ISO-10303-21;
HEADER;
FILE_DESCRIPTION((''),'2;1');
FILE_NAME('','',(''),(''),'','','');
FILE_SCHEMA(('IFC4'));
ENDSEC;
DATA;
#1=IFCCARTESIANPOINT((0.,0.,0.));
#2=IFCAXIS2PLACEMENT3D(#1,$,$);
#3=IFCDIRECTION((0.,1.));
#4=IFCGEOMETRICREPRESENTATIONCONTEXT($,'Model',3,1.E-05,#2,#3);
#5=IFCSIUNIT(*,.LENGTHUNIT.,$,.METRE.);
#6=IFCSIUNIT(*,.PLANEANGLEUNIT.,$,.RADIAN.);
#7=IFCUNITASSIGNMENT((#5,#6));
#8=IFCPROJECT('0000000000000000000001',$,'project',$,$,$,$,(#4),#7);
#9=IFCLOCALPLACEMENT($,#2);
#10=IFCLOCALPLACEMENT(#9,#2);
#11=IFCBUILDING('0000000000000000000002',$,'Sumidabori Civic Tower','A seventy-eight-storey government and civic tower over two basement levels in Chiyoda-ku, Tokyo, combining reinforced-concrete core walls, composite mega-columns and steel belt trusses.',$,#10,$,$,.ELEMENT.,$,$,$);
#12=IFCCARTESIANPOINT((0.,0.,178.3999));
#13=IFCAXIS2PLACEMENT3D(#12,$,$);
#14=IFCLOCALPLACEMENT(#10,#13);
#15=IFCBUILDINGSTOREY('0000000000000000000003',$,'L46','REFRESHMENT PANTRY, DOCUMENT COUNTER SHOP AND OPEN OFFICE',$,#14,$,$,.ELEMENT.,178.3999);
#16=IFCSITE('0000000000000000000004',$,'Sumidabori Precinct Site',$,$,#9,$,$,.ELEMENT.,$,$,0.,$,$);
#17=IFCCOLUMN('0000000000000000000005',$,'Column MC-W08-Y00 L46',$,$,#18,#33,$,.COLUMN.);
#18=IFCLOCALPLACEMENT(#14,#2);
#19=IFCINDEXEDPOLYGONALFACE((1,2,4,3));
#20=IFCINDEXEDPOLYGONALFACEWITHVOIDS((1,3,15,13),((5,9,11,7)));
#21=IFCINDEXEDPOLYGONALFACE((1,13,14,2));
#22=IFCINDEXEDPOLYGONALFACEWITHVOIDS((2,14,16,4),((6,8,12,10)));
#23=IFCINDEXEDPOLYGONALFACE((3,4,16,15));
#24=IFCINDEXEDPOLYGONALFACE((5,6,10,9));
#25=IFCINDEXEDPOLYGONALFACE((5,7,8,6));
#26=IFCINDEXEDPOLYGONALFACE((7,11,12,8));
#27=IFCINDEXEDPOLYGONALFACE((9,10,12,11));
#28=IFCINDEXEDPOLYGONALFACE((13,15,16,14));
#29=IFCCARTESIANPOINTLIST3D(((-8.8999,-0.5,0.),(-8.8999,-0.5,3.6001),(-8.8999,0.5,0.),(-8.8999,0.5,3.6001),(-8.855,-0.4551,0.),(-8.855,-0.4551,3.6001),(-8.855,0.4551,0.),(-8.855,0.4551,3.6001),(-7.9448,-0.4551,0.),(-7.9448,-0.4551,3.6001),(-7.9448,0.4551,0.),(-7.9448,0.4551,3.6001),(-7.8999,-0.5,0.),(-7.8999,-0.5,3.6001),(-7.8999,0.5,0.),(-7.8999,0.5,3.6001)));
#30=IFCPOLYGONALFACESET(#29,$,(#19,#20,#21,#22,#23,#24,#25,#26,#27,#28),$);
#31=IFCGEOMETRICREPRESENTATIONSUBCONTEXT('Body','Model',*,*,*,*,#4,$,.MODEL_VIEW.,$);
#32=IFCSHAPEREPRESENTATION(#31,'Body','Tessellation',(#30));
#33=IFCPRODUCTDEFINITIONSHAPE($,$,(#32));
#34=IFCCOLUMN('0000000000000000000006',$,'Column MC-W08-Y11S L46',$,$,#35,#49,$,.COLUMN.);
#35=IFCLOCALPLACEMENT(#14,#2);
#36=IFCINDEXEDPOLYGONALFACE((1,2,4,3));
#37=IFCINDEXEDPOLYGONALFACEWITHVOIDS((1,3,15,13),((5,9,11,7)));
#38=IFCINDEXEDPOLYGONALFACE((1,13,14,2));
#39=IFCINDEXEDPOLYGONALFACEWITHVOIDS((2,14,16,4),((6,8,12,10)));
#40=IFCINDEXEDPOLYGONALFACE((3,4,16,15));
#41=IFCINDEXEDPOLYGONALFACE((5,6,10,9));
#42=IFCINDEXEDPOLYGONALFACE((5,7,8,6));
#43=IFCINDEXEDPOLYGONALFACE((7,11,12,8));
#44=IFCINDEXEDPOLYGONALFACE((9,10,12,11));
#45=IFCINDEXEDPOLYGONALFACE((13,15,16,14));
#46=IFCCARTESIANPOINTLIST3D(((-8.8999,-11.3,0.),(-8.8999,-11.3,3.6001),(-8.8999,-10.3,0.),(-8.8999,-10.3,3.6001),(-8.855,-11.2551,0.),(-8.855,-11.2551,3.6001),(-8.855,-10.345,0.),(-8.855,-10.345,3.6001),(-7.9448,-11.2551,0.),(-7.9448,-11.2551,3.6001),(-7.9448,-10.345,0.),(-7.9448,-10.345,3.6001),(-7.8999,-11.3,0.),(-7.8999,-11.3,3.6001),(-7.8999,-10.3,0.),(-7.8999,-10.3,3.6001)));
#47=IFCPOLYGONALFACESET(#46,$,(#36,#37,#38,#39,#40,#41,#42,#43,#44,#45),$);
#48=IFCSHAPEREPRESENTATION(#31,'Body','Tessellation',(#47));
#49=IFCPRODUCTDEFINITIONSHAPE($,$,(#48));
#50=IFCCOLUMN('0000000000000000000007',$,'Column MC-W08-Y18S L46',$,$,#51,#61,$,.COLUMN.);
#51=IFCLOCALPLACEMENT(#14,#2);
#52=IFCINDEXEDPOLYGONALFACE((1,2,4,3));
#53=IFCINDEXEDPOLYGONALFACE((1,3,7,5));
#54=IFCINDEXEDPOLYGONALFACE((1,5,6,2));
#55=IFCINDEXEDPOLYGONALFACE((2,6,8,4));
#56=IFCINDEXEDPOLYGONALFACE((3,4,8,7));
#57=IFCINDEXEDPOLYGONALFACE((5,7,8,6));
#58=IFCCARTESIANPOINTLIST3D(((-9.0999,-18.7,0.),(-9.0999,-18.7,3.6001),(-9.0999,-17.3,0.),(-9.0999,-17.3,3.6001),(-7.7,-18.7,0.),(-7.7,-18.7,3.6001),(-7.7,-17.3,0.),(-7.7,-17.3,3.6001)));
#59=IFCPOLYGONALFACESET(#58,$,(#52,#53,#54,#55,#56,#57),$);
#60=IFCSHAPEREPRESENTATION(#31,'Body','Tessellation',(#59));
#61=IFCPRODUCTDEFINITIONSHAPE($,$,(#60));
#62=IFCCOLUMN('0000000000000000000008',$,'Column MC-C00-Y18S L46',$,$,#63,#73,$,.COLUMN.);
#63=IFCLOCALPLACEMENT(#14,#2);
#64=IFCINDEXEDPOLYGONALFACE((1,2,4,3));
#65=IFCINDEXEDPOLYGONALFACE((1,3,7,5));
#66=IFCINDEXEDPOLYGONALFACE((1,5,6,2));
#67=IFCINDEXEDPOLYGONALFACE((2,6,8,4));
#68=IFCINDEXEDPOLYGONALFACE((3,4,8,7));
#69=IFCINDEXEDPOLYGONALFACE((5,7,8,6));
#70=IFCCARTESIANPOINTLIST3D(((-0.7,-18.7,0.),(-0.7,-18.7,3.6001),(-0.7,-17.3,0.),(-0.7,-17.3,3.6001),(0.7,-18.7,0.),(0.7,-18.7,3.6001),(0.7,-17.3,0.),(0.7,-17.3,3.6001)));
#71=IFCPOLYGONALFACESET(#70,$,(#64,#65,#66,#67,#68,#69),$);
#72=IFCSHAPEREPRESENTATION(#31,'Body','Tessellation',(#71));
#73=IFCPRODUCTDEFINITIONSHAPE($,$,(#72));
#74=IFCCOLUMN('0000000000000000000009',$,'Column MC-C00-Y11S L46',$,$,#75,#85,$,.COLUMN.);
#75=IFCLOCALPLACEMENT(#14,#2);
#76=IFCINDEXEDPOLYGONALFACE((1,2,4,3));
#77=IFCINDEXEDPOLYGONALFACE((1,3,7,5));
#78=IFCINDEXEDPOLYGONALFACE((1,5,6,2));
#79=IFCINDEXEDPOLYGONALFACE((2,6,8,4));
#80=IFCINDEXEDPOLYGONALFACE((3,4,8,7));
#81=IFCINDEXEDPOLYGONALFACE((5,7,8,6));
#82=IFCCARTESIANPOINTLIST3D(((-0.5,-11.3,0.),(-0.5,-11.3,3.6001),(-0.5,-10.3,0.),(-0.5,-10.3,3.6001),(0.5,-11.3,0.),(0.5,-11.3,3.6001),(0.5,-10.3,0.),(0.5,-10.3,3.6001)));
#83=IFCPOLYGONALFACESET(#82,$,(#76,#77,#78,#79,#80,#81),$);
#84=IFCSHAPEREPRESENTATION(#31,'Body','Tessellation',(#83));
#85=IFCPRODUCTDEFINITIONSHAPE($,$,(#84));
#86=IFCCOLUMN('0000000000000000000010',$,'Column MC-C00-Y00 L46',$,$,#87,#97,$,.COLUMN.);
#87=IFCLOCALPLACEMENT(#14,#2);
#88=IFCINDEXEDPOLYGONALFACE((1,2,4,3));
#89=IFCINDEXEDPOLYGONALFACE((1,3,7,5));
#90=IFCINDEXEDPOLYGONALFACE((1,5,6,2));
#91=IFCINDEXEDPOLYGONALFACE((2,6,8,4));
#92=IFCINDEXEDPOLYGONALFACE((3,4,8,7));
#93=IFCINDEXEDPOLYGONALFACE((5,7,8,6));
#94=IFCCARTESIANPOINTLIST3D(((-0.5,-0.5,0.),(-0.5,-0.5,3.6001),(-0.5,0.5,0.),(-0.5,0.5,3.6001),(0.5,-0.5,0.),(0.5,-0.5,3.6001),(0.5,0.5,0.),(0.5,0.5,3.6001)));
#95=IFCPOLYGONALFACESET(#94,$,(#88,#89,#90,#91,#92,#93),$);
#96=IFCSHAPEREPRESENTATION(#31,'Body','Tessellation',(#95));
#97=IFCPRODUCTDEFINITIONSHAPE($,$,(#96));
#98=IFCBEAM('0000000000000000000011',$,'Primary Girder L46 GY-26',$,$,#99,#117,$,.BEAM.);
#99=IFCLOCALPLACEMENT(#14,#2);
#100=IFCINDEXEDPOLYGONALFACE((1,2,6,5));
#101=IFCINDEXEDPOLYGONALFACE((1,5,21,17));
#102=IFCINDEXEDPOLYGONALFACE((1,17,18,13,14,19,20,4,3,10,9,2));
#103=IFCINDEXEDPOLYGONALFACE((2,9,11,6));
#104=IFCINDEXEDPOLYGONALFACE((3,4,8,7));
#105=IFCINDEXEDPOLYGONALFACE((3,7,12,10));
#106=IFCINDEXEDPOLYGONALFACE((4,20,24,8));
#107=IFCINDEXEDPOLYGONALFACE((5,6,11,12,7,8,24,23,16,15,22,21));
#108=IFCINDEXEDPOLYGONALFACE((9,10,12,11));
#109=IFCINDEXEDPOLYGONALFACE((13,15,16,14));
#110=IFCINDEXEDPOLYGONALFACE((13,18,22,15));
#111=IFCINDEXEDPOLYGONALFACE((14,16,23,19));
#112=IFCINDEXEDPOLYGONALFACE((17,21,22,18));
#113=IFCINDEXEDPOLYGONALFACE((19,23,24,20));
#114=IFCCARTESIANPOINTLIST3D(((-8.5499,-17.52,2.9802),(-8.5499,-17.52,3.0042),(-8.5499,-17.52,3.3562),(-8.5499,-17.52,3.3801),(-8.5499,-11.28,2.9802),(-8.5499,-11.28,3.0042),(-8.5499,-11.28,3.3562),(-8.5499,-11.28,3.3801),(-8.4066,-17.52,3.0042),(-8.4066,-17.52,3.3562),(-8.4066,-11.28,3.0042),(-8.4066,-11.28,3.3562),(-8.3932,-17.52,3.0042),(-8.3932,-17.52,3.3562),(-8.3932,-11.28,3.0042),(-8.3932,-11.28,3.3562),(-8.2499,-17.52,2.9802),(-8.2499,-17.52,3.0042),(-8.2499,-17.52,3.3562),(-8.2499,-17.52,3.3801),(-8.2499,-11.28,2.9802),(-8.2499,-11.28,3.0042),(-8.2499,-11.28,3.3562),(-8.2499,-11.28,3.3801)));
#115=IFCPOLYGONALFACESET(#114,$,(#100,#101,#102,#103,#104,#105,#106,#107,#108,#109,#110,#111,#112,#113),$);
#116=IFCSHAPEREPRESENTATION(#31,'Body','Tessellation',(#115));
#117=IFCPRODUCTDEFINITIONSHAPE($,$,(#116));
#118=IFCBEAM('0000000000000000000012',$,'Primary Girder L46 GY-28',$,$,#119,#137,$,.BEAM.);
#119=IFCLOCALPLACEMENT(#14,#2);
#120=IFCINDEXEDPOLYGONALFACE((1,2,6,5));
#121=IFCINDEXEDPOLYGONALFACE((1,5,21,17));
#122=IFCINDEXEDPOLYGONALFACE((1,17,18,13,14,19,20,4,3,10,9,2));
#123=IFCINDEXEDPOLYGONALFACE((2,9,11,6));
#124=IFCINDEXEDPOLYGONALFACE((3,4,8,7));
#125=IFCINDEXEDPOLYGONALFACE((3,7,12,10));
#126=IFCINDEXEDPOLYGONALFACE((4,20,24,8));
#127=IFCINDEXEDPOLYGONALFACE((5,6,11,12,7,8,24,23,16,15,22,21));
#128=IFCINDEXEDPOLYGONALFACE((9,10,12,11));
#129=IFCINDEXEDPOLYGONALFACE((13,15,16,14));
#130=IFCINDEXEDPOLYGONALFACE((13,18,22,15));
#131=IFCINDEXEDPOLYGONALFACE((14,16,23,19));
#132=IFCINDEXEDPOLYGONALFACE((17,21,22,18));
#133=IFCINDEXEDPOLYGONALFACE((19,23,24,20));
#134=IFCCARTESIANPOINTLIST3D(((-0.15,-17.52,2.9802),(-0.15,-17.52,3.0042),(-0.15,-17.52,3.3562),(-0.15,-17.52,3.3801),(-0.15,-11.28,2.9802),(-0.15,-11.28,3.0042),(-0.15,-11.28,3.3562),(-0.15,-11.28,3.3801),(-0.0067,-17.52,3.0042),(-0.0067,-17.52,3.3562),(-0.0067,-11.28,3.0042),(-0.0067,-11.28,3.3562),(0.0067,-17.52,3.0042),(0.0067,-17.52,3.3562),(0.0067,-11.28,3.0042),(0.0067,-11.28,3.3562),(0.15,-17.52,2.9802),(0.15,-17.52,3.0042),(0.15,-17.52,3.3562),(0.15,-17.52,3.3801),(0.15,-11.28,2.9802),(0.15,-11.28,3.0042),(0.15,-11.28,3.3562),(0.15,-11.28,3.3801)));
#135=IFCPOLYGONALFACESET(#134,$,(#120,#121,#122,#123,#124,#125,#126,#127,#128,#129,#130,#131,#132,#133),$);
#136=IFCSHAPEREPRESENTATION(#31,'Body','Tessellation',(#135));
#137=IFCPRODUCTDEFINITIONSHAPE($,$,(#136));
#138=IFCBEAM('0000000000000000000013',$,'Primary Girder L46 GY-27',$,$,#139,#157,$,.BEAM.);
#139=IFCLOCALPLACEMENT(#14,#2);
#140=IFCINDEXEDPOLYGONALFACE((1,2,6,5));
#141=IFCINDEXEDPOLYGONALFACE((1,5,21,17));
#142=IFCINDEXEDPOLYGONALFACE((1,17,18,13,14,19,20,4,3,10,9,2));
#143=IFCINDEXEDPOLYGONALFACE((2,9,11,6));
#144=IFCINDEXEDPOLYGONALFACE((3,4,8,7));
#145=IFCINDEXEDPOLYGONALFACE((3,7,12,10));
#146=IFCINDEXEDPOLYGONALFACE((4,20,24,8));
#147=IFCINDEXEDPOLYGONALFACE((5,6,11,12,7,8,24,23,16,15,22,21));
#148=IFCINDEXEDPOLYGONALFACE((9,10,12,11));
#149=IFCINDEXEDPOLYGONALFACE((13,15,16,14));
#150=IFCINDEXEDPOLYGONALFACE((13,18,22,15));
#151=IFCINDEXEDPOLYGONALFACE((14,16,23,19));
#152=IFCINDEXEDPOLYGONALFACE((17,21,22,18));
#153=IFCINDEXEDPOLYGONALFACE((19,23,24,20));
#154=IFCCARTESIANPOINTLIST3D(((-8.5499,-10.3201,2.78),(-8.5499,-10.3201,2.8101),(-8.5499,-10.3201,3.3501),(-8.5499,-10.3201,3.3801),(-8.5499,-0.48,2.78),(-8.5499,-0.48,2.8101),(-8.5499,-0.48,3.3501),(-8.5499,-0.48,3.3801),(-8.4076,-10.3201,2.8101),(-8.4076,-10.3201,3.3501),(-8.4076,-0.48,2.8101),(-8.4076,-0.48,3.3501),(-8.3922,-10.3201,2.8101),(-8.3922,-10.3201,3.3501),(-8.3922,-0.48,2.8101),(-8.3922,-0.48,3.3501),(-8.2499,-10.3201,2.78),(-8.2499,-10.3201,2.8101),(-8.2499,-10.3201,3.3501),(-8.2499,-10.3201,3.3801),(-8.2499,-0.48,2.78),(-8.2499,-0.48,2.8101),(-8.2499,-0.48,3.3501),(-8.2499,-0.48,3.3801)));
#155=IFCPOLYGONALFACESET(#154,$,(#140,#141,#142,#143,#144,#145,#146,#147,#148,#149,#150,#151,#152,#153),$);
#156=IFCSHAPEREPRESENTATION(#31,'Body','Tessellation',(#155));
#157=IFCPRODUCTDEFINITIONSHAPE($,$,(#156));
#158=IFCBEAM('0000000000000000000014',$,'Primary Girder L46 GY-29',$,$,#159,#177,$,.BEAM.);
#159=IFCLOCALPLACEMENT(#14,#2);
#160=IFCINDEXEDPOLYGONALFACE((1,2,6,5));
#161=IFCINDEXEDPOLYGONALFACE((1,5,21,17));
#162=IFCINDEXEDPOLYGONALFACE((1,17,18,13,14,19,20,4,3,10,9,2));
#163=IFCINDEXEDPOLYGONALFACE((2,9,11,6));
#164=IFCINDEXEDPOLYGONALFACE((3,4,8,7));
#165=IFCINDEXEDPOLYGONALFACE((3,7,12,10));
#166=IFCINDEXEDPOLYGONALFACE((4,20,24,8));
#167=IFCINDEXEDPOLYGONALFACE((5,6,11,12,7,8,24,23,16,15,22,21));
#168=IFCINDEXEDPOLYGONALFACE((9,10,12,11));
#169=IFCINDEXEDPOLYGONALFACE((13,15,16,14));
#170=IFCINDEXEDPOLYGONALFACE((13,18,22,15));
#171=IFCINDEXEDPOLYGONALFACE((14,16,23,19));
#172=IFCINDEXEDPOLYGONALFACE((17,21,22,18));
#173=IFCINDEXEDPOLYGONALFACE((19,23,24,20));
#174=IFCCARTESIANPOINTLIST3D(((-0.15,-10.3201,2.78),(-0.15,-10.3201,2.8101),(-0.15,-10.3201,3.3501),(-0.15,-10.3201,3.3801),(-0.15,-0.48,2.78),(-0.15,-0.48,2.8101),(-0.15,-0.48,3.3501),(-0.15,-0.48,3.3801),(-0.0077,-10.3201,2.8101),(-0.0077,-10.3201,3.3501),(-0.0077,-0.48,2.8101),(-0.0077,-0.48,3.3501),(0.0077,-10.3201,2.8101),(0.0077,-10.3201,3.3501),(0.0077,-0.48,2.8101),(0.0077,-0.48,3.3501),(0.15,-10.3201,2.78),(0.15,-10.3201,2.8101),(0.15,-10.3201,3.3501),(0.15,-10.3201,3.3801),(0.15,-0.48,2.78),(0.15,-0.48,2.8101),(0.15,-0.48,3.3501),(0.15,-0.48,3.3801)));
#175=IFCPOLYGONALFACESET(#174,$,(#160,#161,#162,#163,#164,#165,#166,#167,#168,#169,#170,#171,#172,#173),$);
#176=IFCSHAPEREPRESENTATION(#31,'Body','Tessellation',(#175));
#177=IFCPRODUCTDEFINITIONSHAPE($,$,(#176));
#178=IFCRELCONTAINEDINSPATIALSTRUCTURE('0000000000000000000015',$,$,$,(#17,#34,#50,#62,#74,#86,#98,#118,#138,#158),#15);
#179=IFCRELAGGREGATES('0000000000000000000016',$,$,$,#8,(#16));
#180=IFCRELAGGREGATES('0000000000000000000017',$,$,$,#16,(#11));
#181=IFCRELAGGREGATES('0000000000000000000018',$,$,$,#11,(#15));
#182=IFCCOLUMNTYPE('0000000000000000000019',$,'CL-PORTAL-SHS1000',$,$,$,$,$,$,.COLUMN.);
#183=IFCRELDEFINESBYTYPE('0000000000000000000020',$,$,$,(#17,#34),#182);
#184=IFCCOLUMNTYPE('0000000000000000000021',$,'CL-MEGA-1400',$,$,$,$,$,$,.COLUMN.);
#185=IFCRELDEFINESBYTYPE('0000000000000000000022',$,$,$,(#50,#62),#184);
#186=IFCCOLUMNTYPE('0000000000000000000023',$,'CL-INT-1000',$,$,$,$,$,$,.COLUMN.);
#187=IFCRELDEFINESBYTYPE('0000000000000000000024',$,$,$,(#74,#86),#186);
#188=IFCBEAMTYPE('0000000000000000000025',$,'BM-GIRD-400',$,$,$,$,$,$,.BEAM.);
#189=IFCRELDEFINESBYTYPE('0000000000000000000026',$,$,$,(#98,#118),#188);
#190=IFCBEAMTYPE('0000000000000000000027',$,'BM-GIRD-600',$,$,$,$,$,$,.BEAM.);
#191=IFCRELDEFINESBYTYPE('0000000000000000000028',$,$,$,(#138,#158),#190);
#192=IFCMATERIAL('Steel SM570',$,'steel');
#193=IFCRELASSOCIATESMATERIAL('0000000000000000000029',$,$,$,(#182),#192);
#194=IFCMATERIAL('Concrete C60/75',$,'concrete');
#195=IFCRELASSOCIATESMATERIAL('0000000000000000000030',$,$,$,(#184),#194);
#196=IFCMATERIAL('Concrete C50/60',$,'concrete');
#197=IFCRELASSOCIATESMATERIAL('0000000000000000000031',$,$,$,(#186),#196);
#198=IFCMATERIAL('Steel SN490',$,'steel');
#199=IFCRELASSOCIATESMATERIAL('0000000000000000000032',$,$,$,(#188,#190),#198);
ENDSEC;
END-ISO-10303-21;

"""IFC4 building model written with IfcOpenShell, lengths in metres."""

from ifc_helpers import new_model, si_unit, direction, frame, origin, origin_2d, place, context, subcontext, project, spatial, rectangle, hollow_rectangle, i_section, extrude, source, transform, mapped, material, material_profile, profile_set, type_object, element, save


model = new_model("IFC4")

# Units and contexts
model_context = context("Model", 3, precision=1e-05, world=origin(), true_north=direction((0.0, 1.0)))
body_context = subcontext(model_context, "Body", "Model", "MODEL_VIEW")
ifc_project = project(units=[si_unit("LENGTHUNIT", "METRE"), si_unit("PLANEANGLEUNIT", "RADIAN")], contexts=[model_context])

# Site, building, storey
site_placement = place(None, origin())
site = spatial("IfcSite", under=ifc_project, at=site_placement, Name="Sumidabori Precinct Site", CompositionType="ELEMENT", RefElevation=0.0)
building_placement = place(site_placement, origin())
building = spatial("IfcBuilding", under=site, at=building_placement, Name="Sumidabori Civic Tower", Description="A seventy-eight-storey government and civic tower over two basement levels in Chiyoda-ku, Tokyo, combining reinforced-concrete core walls, composite mega-columns and steel belt trusses.", CompositionType="ELEMENT")
storey_placement = place(building_placement, frame((0.0, 0.0, 178.3999)))
storey = spatial("IfcBuildingStorey", under=building, at=storey_placement, Name="L46", Description="REFRESHMENT PANTRY, DOCUMENT COUNTER SHOP AND OPEN OFFICE", CompositionType="ELEMENT", Elevation=178.3999)

# Columns
ifc_material_1 = material(Name="Steel SM570", Category="steel")
ifc_material_profile_1 = material_profile(ifc_material_1, hollow_rectangle(XDim=1.0, YDim=1.0, WallThickness=0.0449, at=origin_2d()), Name="SHS 1000x1000x45")
ifc_profile_set_1 = profile_set([ifc_material_profile_1], Name="Steel SM570")
column_type_1 = type_object("IfcColumnType", Name="CL-PORTAL-SHS1000", PredefinedType="COLUMN", material=ifc_profile_set_1)
shared_shape_1 = source(origin(), body_context, "Body", "SweptSolid", [
    extrude(hollow_rectangle(XDim=1.0, YDim=1.0, WallThickness=0.0449, at=origin_2d()), origin(), (0.0, 0.0, 1.0), 3.6001),
])
for number, where, z_axis, x_axis, name in (
    (1, (-8.3999, 0.0, 0.0), (0.0, 0.0, 1.0), (1.0, 0.0, 0.0), "Column MC-W08-Y00 L46"),
    (2, (-8.3999, -10.8, 0.0), (0.0, 0.0, 1.0), (1.0, 0.0, 0.0), "Column MC-W08-Y11S L46"),
):
    element("IfcColumn", number, at=place(storey_placement, frame(where, z_axis=z_axis, x_axis=x_axis)), inside=storey, type_object=column_type_1, Name=name, PredefinedType="COLUMN", context=body_context, shape_type="MappedRepresentation", body=[
        mapped(shared_shape_1, transform((0.0, 0.0, 0.0), x_axis=(1.0, 0.0, 0.0), y_axis=(0.0, 1.0, 0.0), z_axis=(0.0, 0.0, 1.0), scale=1.0)),
    ])
ifc_material_2 = material(Name="Concrete C60/75", Category="concrete")
ifc_material_profile_2 = material_profile(ifc_material_2, rectangle(XDim=1.3999, YDim=1.3999, at=origin_2d()), Name="RC 1400x1400")
ifc_profile_set_2 = profile_set([ifc_material_profile_2], Name="Concrete C60/75")
column_type_2 = type_object("IfcColumnType", Name="CL-MEGA-1400", PredefinedType="COLUMN", material=ifc_profile_set_2)
shared_shape_2 = source(origin(), body_context, "Body", "SweptSolid", [
    extrude(rectangle(XDim=1.3999, YDim=1.3999, at=origin_2d()), origin(), (0.0, 0.0, 1.0), 3.6001),
])
for number, where, z_axis, x_axis, name in (
    (3, (-8.3999, -18.0, 0.0), (0.0, 0.0, 1.0), (1.0, 0.0, 0.0), "Column MC-W08-Y18S L46"),
    (4, (0.0, -18.0, 0.0), (0.0, 0.0, 1.0), (1.0, 0.0, 0.0), "Column MC-C00-Y18S L46"),
):
    element("IfcColumn", number, at=place(storey_placement, frame(where, z_axis=z_axis, x_axis=x_axis)), inside=storey, type_object=column_type_2, Name=name, PredefinedType="COLUMN", context=body_context, shape_type="MappedRepresentation", body=[
        mapped(shared_shape_2, transform((0.0, 0.0, 0.0), x_axis=(1.0, 0.0, 0.0), y_axis=(0.0, 1.0, 0.0), z_axis=(0.0, 0.0, 1.0), scale=1.0)),
    ])
ifc_material_3 = material(Name="Concrete C50/60", Category="concrete")
ifc_material_profile_3 = material_profile(ifc_material_3, rectangle(XDim=1.0, YDim=1.0, at=origin_2d()), Name="RC 1000x1000")
ifc_profile_set_3 = profile_set([ifc_material_profile_3], Name="Concrete C50/60")
column_type_3 = type_object("IfcColumnType", Name="CL-INT-1000", PredefinedType="COLUMN", material=ifc_profile_set_3)
shared_shape_3 = source(origin(), body_context, "Body", "SweptSolid", [
    extrude(rectangle(XDim=1.0, YDim=1.0, at=origin_2d()), origin(), (0.0, 0.0, 1.0), 3.6001),
])
for number, where, z_axis, x_axis, name in (
    (5, (0.0, -10.8, 0.0), (0.0, 0.0, 1.0), (1.0, 0.0, 0.0), "Column MC-C00-Y11S L46"),
    (6, (0.0, 0.0, 0.0), (0.0, 0.0, 1.0), (1.0, 0.0, 0.0), "Column MC-C00-Y00 L46"),
):
    element("IfcColumn", number, at=place(storey_placement, frame(where, z_axis=z_axis, x_axis=x_axis)), inside=storey, type_object=column_type_3, Name=name, PredefinedType="COLUMN", context=body_context, shape_type="MappedRepresentation", body=[
        mapped(shared_shape_3, transform((0.0, 0.0, 0.0), x_axis=(1.0, 0.0, 0.0), y_axis=(0.0, 1.0, 0.0), z_axis=(0.0, 0.0, 1.0), scale=1.0)),
    ])

# Beams
ifc_material_4 = material(Name="Steel SN490", Category="steel")
ifc_material_profile_4 = material_profile(ifc_material_4, i_section(OverallWidth=0.3, OverallDepth=0.3999, WebThickness=0.0134, FlangeThickness=0.0239, at=origin_2d()), Name="HE 400 B")
ifc_profile_set_4 = profile_set([ifc_material_profile_4], Name="Steel SN490")
beam_type_1 = type_object("IfcBeamType", Name="BM-GIRD-400", PredefinedType="BEAM", material=ifc_profile_set_4)
shared_shape_4 = source(origin(), body_context, "Body", "SweptSolid", [
    extrude(i_section(OverallWidth=0.3, OverallDepth=0.3999, WebThickness=0.0134, FlangeThickness=0.0239, at=origin_2d()), origin(), (0.0, 0.0, 1.0), 6.24),
])
for number, where, z_axis, x_axis, name in (
    (7, (-8.3999, -17.52, 3.1802), (0.0, 1.0, 0.0), (-1.0, 0.0, 0.0), "Primary Girder L46 GY-26"),
    (8, (0.0, -17.52, 3.1802), (0.0, 1.0, 0.0), (-1.0, 0.0, 0.0), "Primary Girder L46 GY-28"),
):
    element("IfcBeam", number, at=place(storey_placement, frame(where, z_axis=z_axis, x_axis=x_axis)), inside=storey, type_object=beam_type_1, Name=name, PredefinedType="BEAM", context=body_context, shape_type="MappedRepresentation", body=[
        mapped(shared_shape_4, transform((0.0, 0.0, 0.0), x_axis=(1.0, 0.0, 0.0), y_axis=(0.0, 1.0, 0.0), z_axis=(0.0, 0.0, 1.0), scale=1.0)),
    ])
ifc_material_profile_5 = material_profile(ifc_material_4, i_section(OverallWidth=0.3, OverallDepth=0.6001, WebThickness=0.0154, FlangeThickness=0.03, at=origin_2d()), Name="HE 600 B")
ifc_profile_set_5 = profile_set([ifc_material_profile_5], Name="Steel SN490")
beam_type_2 = type_object("IfcBeamType", Name="BM-GIRD-600", PredefinedType="BEAM", material=ifc_profile_set_5)
shared_shape_5 = source(origin(), body_context, "Body", "SweptSolid", [
    extrude(i_section(OverallWidth=0.3, OverallDepth=0.6001, WebThickness=0.0154, FlangeThickness=0.03, at=origin_2d()), origin(), (0.0, 0.0, 1.0), 9.8401),
])
for number, where, z_axis, x_axis, name in (
    (9, (-8.3999, -10.3201, 3.0801), (0.0, 1.0, 0.0), (-1.0, 0.0, 0.0), "Primary Girder L46 GY-27"),
    (10, (0.0, -10.3201, 3.0801), (0.0, 1.0, 0.0), (-1.0, 0.0, 0.0), "Primary Girder L46 GY-29"),
):
    element("IfcBeam", number, at=place(storey_placement, frame(where, z_axis=z_axis, x_axis=x_axis)), inside=storey, type_object=beam_type_2, Name=name, PredefinedType="BEAM", context=body_context, shape_type="MappedRepresentation", body=[
        mapped(shared_shape_5, transform((0.0, 0.0, 0.0), x_axis=(1.0, 0.0, 0.0), y_axis=(0.0, 1.0, 0.0), z_axis=(0.0, 0.0, 1.0), scale=1.0)),
    ])

save(model, "model.ifc")
